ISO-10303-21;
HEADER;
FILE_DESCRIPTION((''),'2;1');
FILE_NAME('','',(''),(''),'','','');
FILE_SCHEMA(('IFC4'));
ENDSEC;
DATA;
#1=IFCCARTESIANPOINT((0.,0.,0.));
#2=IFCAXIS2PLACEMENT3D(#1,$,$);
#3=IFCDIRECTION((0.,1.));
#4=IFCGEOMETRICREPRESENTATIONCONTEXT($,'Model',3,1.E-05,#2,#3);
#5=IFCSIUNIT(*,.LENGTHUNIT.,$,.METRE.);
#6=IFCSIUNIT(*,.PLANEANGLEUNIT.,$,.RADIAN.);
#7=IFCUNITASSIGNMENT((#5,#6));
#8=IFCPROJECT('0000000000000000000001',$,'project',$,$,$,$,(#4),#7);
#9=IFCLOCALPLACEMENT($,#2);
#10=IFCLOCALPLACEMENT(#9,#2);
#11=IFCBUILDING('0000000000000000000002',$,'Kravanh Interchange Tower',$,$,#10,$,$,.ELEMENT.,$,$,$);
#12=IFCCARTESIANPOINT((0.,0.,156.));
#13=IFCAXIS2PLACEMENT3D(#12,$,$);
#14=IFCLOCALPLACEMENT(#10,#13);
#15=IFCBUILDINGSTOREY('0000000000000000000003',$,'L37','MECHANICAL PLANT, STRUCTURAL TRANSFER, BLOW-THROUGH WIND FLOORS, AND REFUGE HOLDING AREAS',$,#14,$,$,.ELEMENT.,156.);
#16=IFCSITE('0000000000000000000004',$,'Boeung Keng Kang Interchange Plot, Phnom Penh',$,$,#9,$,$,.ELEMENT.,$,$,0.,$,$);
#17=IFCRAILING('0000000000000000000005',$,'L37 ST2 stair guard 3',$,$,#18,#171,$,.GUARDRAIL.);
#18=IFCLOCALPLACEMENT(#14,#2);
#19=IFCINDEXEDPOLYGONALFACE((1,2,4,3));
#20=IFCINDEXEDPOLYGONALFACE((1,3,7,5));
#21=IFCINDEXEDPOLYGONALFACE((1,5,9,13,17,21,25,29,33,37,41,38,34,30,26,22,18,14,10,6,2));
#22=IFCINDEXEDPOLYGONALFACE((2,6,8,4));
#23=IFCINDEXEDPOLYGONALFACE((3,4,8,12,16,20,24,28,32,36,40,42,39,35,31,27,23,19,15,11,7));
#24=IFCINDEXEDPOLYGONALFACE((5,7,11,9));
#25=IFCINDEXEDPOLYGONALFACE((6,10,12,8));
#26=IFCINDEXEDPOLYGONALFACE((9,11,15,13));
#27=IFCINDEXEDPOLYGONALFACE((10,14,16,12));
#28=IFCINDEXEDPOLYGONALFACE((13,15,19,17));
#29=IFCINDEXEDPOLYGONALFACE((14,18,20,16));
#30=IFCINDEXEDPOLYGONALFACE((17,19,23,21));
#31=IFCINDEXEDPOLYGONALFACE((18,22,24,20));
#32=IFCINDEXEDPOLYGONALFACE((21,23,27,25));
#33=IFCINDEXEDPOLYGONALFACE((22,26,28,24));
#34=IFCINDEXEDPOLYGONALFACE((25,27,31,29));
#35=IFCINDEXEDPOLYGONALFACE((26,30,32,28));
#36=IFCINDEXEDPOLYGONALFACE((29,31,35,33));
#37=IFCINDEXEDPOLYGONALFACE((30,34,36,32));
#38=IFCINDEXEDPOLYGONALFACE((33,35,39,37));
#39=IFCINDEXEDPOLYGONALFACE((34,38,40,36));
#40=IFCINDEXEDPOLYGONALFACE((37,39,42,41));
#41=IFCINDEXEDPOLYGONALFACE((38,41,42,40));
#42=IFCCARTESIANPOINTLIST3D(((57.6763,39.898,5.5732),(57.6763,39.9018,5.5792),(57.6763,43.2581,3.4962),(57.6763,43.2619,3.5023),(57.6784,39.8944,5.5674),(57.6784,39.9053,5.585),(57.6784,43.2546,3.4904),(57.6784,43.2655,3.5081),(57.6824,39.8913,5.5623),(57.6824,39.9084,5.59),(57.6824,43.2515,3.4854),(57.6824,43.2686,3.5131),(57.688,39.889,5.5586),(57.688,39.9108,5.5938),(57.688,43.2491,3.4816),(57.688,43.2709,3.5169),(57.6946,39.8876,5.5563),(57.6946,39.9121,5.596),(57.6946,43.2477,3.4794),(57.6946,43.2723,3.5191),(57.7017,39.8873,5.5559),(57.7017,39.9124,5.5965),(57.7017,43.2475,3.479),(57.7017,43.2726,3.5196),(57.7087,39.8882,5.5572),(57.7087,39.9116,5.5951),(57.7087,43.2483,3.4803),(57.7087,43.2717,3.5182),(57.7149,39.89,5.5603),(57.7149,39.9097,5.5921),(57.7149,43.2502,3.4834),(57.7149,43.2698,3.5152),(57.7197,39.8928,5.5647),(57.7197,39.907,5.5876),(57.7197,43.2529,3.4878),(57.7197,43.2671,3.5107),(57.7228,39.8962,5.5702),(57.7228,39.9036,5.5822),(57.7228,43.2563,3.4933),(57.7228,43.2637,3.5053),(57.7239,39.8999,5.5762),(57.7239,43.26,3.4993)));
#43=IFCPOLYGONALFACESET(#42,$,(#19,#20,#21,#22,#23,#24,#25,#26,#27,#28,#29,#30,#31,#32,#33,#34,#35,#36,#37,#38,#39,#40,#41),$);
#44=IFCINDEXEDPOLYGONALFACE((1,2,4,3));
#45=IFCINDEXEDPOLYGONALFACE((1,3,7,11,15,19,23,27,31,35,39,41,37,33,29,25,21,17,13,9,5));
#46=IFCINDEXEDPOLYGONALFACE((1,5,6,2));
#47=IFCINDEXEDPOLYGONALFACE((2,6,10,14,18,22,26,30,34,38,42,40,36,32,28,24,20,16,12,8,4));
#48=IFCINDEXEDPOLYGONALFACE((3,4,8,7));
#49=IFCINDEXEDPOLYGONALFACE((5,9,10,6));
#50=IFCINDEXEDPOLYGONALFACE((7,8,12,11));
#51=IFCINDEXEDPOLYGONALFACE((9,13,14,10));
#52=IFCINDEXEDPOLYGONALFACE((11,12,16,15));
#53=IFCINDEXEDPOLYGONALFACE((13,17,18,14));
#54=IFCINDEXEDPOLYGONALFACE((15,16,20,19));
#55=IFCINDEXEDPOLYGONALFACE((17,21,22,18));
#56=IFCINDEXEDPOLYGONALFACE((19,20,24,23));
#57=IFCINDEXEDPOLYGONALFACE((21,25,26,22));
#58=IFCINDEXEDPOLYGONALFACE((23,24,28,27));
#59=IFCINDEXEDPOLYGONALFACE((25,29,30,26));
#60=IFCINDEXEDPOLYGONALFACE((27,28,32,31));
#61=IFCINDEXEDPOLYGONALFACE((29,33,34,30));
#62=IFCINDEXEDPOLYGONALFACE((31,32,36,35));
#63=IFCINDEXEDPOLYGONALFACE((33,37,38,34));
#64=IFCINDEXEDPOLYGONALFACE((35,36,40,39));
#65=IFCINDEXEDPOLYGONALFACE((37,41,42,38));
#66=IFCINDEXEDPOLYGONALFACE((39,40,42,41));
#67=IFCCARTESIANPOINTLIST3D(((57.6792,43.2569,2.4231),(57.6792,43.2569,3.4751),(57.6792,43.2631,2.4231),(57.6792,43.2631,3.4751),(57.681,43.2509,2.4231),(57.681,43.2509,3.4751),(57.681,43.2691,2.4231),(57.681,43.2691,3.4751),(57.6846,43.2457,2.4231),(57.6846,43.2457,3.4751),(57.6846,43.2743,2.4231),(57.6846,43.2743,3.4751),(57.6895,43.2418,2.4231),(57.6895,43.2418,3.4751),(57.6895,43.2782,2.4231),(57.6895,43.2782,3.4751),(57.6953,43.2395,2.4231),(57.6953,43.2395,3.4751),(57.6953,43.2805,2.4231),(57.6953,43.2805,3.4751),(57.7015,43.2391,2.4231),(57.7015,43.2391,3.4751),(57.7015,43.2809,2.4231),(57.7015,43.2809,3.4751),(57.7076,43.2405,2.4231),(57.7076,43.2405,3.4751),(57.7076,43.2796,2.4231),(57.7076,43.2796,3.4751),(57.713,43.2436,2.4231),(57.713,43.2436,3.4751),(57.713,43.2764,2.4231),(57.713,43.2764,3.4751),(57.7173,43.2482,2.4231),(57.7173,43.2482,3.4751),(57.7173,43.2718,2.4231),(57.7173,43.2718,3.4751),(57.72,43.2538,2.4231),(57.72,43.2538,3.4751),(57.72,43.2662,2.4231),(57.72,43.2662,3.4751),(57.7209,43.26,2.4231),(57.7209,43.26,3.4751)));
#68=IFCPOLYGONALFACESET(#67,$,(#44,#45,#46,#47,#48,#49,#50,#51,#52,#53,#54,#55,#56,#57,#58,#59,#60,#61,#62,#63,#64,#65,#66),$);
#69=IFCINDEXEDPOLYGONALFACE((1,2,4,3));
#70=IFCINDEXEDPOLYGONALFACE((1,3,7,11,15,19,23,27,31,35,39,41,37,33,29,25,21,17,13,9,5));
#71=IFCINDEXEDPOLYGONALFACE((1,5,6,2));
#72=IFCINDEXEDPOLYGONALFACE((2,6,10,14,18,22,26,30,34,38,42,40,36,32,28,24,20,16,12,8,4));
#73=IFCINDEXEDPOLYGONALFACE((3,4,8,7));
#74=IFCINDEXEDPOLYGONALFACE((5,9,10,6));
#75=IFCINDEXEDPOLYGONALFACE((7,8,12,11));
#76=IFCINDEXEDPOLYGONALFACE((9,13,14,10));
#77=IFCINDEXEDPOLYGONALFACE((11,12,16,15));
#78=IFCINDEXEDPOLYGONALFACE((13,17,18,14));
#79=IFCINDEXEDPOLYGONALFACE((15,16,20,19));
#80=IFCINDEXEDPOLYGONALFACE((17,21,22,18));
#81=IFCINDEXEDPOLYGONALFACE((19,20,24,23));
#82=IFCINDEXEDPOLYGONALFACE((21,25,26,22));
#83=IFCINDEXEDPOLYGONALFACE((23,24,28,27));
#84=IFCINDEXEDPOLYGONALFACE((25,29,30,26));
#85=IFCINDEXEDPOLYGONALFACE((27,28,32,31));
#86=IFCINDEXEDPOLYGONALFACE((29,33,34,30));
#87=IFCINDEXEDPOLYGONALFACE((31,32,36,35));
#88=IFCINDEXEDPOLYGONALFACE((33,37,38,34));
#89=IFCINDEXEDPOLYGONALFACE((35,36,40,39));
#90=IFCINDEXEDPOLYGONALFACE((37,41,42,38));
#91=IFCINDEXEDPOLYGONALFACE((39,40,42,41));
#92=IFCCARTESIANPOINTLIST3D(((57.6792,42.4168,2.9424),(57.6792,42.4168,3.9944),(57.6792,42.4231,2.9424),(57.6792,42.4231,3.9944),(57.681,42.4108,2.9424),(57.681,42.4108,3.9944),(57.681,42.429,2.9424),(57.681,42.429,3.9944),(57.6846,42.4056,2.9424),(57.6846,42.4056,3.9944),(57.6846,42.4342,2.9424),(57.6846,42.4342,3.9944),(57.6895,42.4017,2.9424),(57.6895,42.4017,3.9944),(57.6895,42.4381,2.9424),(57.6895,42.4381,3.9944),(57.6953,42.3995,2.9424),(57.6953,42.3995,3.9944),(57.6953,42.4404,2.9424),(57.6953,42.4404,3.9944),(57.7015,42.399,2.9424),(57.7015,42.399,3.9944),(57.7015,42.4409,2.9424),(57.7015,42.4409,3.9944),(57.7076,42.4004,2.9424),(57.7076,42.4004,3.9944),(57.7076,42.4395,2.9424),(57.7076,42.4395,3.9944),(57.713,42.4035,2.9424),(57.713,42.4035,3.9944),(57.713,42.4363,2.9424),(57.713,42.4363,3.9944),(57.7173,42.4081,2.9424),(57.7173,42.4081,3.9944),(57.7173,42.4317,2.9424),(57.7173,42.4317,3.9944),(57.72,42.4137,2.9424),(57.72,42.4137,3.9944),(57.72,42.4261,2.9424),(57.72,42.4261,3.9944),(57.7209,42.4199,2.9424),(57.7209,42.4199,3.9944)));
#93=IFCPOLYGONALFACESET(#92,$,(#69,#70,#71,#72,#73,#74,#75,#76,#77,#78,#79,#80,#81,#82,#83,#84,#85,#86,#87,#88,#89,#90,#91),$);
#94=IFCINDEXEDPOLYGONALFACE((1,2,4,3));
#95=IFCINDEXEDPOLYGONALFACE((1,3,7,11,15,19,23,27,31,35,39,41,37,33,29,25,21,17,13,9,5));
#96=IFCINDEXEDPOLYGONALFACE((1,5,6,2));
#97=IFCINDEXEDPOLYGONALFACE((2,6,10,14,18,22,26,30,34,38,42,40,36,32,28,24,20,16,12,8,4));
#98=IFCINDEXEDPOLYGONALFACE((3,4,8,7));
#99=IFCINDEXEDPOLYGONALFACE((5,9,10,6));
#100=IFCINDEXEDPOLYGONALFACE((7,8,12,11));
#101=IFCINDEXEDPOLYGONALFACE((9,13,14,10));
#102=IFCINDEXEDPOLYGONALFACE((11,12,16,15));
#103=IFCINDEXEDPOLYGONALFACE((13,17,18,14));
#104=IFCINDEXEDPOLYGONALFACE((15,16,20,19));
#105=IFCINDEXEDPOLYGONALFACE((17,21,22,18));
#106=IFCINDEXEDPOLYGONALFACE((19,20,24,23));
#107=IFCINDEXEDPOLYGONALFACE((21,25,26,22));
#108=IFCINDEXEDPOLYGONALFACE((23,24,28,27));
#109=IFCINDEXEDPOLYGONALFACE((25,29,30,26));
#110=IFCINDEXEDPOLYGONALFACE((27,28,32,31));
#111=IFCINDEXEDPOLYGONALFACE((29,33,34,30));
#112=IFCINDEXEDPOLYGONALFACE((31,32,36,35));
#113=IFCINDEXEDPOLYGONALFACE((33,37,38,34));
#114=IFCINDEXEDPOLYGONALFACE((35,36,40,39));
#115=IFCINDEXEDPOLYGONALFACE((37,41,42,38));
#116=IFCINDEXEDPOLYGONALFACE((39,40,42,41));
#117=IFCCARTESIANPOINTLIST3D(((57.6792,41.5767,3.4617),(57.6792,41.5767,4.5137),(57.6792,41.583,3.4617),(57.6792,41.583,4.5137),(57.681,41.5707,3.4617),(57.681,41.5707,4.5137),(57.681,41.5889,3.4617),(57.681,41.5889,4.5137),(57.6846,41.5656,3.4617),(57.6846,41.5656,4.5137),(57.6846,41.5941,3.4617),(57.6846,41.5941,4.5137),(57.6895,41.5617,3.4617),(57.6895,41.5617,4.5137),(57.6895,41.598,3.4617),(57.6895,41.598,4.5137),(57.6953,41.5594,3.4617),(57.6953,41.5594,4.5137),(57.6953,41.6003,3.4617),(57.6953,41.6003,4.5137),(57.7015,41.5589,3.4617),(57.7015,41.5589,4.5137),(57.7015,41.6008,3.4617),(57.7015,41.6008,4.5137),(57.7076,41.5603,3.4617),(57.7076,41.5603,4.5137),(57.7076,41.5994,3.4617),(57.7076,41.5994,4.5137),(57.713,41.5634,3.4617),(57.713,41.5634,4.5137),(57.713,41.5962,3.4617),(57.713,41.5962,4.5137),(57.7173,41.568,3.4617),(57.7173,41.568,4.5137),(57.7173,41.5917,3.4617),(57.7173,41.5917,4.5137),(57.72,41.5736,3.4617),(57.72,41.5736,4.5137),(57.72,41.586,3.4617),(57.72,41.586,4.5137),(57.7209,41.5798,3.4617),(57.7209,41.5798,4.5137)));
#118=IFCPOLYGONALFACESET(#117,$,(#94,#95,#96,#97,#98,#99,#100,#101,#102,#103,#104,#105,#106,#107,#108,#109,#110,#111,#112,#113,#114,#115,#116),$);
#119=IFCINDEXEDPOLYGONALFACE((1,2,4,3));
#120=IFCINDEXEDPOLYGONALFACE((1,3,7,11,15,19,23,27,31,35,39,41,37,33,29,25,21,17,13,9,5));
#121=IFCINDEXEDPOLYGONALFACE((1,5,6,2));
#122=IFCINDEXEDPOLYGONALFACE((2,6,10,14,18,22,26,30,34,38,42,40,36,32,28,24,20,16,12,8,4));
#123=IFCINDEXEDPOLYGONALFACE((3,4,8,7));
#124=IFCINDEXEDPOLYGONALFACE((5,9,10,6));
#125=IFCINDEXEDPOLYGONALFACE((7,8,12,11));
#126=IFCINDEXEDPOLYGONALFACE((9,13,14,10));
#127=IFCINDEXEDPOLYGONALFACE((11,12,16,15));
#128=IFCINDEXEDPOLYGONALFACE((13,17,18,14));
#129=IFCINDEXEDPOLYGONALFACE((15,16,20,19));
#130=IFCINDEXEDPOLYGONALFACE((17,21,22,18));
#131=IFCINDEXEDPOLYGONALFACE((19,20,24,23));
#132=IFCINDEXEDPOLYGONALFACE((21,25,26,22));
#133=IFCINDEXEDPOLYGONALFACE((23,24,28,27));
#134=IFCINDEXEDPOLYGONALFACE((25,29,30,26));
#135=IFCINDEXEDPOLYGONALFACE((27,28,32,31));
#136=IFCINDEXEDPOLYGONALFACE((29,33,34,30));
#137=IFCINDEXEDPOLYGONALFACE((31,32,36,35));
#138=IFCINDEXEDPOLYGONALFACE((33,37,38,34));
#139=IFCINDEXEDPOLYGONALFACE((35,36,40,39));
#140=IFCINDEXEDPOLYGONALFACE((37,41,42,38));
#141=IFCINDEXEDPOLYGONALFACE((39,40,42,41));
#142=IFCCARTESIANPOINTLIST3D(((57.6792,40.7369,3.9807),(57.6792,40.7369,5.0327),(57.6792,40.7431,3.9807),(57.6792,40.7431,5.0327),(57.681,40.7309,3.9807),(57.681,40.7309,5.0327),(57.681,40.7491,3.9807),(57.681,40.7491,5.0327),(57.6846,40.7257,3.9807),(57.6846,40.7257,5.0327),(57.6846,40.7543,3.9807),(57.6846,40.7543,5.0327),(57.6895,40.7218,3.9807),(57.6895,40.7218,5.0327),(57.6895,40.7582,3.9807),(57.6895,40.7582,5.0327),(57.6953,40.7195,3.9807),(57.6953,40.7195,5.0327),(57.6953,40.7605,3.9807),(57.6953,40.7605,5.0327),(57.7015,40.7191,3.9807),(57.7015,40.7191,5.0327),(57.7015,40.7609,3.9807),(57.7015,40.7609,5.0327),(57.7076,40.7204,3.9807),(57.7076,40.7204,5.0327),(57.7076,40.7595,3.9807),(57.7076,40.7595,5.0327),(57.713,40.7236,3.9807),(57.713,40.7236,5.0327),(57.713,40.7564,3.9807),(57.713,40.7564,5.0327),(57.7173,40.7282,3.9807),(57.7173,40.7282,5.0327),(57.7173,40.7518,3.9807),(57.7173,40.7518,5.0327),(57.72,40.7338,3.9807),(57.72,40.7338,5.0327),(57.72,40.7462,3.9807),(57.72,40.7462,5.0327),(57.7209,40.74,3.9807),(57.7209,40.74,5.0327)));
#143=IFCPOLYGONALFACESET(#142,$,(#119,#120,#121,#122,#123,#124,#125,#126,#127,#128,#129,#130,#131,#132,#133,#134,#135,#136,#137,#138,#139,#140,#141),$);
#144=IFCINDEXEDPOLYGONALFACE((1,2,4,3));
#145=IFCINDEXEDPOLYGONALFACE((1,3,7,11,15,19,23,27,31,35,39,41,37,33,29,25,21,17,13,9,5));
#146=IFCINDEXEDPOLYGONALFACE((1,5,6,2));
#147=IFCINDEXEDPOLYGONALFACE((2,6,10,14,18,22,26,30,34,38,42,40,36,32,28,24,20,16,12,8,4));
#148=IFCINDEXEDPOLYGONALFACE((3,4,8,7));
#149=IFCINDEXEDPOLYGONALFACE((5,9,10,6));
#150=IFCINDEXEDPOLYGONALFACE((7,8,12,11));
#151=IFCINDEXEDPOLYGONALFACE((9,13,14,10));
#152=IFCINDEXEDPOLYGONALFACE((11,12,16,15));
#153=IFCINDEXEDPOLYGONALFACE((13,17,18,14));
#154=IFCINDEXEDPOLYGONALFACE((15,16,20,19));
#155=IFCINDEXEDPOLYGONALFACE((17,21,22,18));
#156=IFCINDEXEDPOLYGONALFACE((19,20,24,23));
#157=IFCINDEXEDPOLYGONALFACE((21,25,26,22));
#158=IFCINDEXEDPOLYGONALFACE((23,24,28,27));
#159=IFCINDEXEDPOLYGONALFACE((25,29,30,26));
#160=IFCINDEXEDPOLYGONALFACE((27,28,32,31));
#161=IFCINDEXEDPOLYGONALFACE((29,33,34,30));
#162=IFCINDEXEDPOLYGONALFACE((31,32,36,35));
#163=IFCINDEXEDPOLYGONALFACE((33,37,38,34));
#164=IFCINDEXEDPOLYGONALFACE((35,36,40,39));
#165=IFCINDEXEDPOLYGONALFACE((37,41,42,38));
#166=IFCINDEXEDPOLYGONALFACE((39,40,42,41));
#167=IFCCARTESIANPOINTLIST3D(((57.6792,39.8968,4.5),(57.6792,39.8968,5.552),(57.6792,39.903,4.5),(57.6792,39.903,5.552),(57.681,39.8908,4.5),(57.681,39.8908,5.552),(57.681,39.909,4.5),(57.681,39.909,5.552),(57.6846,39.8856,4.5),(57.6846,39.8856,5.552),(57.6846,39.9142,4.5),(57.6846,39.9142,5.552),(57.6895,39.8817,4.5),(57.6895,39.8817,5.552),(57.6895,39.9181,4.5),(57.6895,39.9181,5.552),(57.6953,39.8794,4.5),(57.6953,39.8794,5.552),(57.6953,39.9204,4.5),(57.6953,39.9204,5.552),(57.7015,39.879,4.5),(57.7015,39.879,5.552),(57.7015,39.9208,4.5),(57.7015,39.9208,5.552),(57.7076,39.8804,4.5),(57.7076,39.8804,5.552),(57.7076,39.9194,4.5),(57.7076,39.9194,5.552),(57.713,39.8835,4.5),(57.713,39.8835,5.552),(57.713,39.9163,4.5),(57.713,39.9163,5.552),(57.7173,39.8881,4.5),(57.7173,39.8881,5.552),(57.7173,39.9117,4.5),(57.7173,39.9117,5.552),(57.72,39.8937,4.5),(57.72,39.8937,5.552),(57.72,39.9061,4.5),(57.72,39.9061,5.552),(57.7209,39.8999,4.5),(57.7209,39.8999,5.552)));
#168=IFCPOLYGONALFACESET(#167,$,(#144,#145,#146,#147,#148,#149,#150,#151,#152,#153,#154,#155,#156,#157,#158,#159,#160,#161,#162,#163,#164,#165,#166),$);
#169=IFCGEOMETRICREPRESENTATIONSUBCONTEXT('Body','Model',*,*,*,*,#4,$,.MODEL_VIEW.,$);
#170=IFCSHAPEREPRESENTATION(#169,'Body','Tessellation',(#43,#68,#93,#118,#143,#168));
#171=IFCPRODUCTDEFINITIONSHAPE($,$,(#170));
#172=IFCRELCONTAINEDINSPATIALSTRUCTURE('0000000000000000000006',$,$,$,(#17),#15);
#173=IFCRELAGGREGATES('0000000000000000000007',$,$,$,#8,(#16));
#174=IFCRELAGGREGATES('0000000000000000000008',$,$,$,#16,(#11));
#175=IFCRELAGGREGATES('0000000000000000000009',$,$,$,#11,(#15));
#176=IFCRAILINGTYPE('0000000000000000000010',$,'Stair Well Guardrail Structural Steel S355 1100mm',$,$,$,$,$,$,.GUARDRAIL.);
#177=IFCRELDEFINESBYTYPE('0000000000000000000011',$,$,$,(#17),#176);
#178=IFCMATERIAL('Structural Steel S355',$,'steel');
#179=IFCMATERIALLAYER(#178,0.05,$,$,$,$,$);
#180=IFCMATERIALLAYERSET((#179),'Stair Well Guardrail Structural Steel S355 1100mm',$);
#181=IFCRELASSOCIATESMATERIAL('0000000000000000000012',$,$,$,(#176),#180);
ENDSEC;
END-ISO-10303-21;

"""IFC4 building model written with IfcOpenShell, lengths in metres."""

from ifc_helpers import new_model, si_unit, direction, frame, origin, origin_2d, place, context, subcontext, project, spatial, circle, extrude, material, layer, layer_set, type_object, element, save


model = new_model("IFC4")

# Units and contexts
model_context = context("Model", 3, precision=1e-05, world=origin(), true_north=direction((0.0, 1.0)))
body_context = subcontext(model_context, "Body", "Model", "MODEL_VIEW")
ifc_project = project(units=[si_unit("LENGTHUNIT", "METRE"), si_unit("PLANEANGLEUNIT", "RADIAN")], contexts=[model_context])

# Site, building, storey
site_placement = place(None, origin())
site = spatial("IfcSite", under=ifc_project, at=site_placement, Name="Boeung Keng Kang Interchange Plot, Phnom Penh", CompositionType="ELEMENT", RefElevation=0.0)
building_placement = place(site_placement, origin())
building = spatial("IfcBuilding", under=site, at=building_placement, Name="Kravanh Interchange Tower", CompositionType="ELEMENT")
storey_placement = place(building_placement, frame((0.0, 0.0, 156.0)))
storey = spatial("IfcBuildingStorey", under=building, at=storey_placement, Name="L37", Description="MECHANICAL PLANT, STRUCTURAL TRANSFER, BLOW-THROUGH WIND FLOORS, AND REFUGE HOLDING AREAS", CompositionType="ELEMENT", Elevation=156.0)

# Railing
ifc_material_1 = material(Name="Structural Steel S355", Category="steel")
ifc_layer_1 = layer(ifc_material_1, 0.05)
ifc_layer_set_1 = layer_set([ifc_layer_1], Name="Stair Well Guardrail Structural Steel S355 1100mm")
railing_type_1 = type_object("IfcRailingType", Name="Stair Well Guardrail Structural Steel S355 1100mm", PredefinedType="GUARDRAIL", material=ifc_layer_set_1)
railing_1_placement = place(storey_placement, frame((57.7, 43.26, 2.4231)))
element("IfcRailing", 1, at=railing_1_placement, inside=storey, type_object=railing_type_1, Name="L37 ST2 stair guard 3", PredefinedType="GUARDRAIL", context=body_context, shape_type="SweptSolid", body=[
    extrude(circle(Radius=0.0239, at=origin_2d()), frame((0.0, 0.0, 1.0762), z_axis=(0.0, -0.850623, 0.525776), x_axis=(1.0, 0.0, 0.0)), (0.0, 0.0, 1.0), 3.9502),
    extrude(circle(Radius=0.021, at=origin_2d()), origin(), (0.0, 0.0, 1.0), 1.052),
    extrude(circle(Radius=0.021, at=origin_2d()), frame((0.0, -0.8401, 0.5193)), (0.0, 0.0, 1.0), 1.052),
    extrude(circle(Radius=0.021, at=origin_2d()), frame((0.0, -1.6802, 1.0386)), (0.0, 0.0, 1.0), 1.052),
    extrude(circle(Radius=0.021, at=origin_2d()), frame((0.0, -2.52, 1.5576)), (0.0, 0.0, 1.0), 1.052),
    extrude(circle(Radius=0.021, at=origin_2d()), frame((0.0, -3.3601, 2.0769)), (0.0, 0.0, 1.0), 1.052),
])

save(model, "model.ifc")
